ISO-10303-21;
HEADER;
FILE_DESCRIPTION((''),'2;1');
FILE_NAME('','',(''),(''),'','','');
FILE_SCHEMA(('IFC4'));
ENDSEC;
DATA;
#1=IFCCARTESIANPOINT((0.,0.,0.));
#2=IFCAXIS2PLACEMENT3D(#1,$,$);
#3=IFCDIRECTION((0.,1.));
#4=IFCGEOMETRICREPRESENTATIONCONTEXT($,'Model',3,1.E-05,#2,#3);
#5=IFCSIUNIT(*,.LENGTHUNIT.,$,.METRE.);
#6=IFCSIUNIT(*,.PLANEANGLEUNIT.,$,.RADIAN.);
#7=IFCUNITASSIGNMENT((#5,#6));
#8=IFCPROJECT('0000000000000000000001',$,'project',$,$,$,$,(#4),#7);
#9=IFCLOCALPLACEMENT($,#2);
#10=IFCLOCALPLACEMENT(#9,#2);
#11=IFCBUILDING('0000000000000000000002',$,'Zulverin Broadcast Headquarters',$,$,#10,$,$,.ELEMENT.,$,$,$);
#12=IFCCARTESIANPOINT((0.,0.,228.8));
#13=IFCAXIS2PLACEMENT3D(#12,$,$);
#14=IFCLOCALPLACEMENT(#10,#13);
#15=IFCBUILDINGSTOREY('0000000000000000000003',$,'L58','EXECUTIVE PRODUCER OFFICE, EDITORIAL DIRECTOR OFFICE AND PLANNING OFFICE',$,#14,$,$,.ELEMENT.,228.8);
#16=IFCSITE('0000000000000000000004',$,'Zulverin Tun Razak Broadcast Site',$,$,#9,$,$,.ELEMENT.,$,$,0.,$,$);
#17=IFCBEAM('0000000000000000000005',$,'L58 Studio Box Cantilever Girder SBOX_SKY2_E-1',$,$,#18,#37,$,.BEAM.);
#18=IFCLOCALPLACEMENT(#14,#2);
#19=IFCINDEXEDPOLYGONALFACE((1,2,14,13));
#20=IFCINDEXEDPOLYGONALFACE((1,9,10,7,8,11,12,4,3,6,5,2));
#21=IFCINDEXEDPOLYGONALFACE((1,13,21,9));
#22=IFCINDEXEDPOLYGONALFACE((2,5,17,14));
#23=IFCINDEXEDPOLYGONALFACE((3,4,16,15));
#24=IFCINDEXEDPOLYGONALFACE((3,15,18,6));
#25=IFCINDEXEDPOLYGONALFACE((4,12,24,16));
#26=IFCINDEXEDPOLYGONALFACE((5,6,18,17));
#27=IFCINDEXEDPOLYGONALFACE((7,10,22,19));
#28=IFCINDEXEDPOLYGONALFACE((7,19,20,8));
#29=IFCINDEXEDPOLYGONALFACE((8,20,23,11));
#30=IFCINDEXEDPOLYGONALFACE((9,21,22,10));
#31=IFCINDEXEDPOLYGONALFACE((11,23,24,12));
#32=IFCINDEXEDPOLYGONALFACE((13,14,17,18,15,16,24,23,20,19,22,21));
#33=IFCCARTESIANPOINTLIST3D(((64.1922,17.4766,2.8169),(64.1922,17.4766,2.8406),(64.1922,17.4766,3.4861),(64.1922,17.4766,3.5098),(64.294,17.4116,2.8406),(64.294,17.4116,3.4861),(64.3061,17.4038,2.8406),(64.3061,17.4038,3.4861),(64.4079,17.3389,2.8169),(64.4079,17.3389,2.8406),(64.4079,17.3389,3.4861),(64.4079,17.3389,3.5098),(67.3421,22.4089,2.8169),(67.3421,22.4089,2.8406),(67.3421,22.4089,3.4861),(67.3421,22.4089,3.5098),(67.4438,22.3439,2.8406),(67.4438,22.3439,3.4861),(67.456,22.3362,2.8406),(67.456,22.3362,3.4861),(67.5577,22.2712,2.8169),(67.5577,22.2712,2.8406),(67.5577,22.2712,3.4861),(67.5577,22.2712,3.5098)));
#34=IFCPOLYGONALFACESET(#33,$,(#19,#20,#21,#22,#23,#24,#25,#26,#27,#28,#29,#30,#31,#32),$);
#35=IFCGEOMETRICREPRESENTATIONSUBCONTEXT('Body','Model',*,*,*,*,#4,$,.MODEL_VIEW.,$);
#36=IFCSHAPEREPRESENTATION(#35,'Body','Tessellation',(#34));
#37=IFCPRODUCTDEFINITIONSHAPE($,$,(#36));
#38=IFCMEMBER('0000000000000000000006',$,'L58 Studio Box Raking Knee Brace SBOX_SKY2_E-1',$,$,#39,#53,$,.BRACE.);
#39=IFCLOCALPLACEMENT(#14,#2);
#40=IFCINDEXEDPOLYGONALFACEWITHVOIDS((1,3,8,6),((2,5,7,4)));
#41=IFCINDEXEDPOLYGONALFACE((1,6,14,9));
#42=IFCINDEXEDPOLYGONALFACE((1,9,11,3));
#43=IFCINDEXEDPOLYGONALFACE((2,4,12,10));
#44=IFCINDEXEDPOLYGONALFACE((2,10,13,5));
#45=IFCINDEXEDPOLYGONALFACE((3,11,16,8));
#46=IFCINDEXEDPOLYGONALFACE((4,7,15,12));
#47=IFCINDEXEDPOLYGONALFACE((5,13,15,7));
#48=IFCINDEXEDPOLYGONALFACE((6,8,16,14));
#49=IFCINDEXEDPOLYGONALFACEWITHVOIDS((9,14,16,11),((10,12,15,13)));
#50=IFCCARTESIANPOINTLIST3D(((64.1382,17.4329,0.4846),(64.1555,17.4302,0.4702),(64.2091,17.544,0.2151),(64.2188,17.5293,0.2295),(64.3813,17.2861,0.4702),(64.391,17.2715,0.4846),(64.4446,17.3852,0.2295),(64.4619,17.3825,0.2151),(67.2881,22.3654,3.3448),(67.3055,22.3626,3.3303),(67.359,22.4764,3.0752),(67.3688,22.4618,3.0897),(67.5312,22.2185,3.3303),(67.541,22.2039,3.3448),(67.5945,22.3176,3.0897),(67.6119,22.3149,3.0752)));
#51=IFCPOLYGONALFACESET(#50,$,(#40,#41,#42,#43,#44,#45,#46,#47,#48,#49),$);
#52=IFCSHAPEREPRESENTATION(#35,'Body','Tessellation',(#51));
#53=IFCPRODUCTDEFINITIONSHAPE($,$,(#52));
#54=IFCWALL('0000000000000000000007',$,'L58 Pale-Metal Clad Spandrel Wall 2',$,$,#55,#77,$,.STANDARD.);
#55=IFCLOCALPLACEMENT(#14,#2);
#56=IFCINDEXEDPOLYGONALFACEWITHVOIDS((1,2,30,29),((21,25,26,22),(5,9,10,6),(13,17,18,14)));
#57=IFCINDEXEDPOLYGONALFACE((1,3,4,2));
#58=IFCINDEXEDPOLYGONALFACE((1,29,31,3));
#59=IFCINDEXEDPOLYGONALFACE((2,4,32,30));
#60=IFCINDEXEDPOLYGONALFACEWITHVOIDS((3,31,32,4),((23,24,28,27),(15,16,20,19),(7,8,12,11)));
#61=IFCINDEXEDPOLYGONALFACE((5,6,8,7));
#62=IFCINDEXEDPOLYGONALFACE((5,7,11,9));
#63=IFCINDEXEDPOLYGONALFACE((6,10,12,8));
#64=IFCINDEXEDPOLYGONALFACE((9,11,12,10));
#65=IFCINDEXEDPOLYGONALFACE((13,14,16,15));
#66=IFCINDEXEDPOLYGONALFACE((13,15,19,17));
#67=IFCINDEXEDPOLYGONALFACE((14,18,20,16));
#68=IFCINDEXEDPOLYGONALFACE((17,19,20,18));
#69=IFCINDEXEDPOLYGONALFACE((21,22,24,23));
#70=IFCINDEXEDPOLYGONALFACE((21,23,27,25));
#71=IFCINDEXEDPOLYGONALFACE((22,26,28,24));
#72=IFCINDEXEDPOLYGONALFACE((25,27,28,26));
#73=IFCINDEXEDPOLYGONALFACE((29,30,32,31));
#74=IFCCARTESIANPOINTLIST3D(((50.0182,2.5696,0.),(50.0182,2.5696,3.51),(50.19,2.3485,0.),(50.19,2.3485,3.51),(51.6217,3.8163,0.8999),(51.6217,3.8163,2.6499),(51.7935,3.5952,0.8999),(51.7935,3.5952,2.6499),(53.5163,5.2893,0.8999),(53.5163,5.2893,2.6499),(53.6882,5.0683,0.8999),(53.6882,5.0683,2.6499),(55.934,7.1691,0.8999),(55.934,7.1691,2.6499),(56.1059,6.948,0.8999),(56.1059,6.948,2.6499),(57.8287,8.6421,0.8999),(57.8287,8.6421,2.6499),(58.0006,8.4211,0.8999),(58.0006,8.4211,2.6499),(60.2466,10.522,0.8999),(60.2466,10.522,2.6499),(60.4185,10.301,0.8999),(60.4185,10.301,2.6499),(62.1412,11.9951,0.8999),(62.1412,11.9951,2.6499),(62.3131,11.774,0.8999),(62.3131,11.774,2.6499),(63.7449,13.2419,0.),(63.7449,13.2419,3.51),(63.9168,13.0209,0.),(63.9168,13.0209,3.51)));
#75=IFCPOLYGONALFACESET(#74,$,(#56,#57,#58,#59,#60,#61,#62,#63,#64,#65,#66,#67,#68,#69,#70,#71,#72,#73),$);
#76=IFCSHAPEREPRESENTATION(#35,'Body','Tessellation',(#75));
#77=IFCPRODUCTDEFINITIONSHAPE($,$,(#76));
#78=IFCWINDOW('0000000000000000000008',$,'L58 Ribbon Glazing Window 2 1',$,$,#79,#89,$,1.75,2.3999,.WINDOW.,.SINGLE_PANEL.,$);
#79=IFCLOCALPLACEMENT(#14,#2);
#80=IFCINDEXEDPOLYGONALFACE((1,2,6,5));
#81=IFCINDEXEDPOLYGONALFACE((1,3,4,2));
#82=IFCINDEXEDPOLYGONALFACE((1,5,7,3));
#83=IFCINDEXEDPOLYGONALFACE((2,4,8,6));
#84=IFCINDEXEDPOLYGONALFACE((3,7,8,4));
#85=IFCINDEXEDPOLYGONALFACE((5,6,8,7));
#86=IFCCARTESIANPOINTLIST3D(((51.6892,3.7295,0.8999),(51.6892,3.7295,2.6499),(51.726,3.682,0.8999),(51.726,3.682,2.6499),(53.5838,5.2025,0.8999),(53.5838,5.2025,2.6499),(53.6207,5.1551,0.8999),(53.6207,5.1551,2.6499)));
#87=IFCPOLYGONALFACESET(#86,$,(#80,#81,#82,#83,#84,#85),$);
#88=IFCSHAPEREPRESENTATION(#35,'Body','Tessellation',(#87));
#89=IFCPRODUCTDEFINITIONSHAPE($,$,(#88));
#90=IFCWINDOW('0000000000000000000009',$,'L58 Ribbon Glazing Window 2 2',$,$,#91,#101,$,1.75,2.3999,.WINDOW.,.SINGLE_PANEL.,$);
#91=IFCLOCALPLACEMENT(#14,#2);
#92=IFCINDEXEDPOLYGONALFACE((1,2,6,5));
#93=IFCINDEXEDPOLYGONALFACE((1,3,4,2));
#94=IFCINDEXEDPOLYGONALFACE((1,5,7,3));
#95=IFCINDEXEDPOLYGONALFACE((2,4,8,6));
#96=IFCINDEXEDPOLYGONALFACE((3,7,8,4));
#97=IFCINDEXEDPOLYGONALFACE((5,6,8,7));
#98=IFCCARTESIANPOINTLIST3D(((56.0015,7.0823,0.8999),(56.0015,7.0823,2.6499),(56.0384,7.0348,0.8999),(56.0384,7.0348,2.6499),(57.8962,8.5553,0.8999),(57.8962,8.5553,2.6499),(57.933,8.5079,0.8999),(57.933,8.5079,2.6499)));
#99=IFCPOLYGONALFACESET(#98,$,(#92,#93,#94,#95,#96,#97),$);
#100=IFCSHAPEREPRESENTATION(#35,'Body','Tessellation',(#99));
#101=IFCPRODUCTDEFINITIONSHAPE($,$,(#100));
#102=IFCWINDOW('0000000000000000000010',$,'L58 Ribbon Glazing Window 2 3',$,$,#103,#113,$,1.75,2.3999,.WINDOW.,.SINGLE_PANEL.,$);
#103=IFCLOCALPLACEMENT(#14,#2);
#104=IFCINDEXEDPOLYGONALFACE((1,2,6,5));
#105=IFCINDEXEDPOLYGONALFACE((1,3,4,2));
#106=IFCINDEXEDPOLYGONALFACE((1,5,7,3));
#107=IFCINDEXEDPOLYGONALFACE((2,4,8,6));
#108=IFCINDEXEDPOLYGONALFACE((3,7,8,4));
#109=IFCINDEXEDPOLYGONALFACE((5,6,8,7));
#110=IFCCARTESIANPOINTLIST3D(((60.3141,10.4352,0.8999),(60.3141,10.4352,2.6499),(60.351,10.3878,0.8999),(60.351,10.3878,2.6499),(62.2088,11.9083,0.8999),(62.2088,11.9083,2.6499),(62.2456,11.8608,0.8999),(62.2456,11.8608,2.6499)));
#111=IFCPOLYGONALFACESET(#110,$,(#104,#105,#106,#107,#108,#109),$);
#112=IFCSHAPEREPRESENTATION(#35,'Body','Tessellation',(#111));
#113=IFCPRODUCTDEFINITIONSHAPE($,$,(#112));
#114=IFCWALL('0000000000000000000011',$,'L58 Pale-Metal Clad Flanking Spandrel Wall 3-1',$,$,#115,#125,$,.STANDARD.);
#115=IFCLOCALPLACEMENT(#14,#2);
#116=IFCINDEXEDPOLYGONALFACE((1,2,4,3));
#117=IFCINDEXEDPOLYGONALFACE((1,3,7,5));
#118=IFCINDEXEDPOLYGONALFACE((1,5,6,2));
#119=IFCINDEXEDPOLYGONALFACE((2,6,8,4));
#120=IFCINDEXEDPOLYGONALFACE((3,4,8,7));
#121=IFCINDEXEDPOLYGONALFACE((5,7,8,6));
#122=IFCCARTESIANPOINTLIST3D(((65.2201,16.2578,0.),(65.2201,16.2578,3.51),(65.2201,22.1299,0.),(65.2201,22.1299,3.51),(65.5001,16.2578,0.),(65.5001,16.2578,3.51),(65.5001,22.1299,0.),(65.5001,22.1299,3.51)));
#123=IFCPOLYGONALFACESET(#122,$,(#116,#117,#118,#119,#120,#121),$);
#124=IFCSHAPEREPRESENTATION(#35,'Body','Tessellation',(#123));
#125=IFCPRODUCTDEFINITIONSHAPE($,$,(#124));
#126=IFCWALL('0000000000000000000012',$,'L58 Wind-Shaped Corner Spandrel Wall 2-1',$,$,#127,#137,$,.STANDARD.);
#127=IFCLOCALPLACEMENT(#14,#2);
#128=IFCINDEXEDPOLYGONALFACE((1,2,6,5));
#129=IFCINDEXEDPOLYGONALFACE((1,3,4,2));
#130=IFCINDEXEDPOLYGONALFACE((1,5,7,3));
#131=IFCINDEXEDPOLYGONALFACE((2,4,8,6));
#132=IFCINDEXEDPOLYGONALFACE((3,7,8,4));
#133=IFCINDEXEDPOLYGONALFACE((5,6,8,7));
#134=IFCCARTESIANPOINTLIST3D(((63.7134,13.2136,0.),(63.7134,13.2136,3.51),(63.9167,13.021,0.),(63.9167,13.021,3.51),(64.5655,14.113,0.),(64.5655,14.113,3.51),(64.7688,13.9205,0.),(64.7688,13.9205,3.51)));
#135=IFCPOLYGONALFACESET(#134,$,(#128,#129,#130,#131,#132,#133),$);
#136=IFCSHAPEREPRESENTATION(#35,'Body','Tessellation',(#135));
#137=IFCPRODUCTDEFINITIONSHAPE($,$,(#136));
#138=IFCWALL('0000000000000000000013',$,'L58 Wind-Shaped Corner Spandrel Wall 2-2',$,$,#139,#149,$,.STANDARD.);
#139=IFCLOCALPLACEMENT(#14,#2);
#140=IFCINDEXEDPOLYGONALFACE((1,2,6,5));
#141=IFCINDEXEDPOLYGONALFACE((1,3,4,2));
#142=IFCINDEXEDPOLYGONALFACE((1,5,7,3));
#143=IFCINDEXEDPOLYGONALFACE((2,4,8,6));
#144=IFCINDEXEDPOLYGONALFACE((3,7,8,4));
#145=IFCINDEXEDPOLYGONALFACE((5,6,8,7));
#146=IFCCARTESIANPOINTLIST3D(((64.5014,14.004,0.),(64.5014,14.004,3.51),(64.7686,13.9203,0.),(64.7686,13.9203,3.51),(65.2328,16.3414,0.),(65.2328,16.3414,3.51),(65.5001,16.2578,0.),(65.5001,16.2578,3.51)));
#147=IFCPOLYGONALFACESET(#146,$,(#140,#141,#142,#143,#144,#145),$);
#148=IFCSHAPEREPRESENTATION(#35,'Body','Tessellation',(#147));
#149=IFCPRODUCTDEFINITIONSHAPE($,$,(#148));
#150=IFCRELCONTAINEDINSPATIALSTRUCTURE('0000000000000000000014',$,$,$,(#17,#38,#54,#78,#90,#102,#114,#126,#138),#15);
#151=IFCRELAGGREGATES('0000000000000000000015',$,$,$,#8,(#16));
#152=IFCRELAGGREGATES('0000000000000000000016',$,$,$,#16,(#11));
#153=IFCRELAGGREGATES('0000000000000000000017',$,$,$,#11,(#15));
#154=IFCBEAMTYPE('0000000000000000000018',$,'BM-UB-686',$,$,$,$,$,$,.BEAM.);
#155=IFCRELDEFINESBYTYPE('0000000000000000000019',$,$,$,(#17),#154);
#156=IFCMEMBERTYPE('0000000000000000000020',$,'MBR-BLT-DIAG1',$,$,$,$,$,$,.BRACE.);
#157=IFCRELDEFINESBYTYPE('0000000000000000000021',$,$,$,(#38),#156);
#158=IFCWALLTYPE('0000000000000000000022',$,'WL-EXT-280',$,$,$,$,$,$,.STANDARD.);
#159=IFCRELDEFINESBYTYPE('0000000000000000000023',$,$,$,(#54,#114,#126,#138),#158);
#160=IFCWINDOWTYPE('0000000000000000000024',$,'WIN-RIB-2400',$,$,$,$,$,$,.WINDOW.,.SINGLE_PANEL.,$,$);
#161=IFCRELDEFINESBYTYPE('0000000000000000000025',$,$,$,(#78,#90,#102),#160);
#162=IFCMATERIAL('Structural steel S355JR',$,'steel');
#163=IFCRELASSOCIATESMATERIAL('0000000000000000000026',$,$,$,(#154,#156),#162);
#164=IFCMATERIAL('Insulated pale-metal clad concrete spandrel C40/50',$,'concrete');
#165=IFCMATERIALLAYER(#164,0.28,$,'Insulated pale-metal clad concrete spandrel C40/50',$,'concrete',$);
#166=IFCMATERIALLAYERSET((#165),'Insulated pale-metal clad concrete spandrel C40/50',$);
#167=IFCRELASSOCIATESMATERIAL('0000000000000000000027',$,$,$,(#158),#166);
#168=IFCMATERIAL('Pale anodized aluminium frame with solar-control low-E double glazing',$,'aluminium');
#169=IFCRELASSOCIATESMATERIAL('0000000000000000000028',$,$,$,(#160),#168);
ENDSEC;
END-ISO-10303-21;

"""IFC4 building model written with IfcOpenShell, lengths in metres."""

from ifc_helpers import new_model, si_unit, direction, frame, frame_2d, origin, origin_2d, place, context, subcontext, project, spatial, rectangle, hollow_rectangle, i_section, extrude, material, layer, layer_set, material_profile, profile_set, type_object, element, fill, save


model = new_model("IFC4")

# Units and contexts
model_context = context("Model", 3, precision=1e-05, world=origin(), true_north=direction((0.0, 1.0)))
body_context = subcontext(model_context, "Body", "Model", "MODEL_VIEW")
ifc_project = project(units=[si_unit("LENGTHUNIT", "METRE"), si_unit("PLANEANGLEUNIT", "RADIAN")], contexts=[model_context])

# Site, building, storey
site_placement = place(None, origin())
site = spatial("IfcSite", under=ifc_project, at=site_placement, Name="Zulverin Tun Razak Broadcast Site", CompositionType="ELEMENT", RefElevation=0.0)
building_placement = place(site_placement, origin())
building = spatial("IfcBuilding", under=site, at=building_placement, Name="Zulverin Broadcast Headquarters", CompositionType="ELEMENT")
storey_placement = place(building_placement, frame((0.0, 0.0, 228.8)))
storey = spatial("IfcBuildingStorey", under=building, at=storey_placement, Name="L58", Description="EXECUTIVE PRODUCER OFFICE, EDITORIAL DIRECTOR OFFICE AND PLANNING OFFICE", CompositionType="ELEMENT", Elevation=228.8)

# Beam
ifc_material_1 = material(Name="Structural steel S355JR", Category="steel")
ifc_material_profile_1 = material_profile(ifc_material_1, i_section(OverallWidth=0.2559, OverallDepth=0.6929, WebThickness=0.0144, FlangeThickness=0.0237, at=origin_2d()), Name="Structural steel S355JR", Category="steel")
ifc_profile_set_1 = profile_set([ifc_material_profile_1], Name="Structural steel S355JR")
beam_type_1 = type_object("IfcBeamType", Name="BM-UB-686", PredefinedType="BEAM", material=ifc_profile_set_1)
beam_1_placement = place(storey_placement, frame((64.3, 17.4077, 3.1633), z_axis=(0.538227, 0.8428, 0.0), x_axis=(-0.8428, 0.538227, 0.0)))
element("IfcBeam", 1, at=beam_1_placement, inside=storey, type_object=beam_type_1, Name="L58 Studio Box Cantilever Girder SBOX_SKY2_E-1", PredefinedType="BEAM", context=body_context, shape_type="SweptSolid", body=[
    extrude(i_section(OverallWidth=0.2559, OverallDepth=0.6929, WebThickness=0.0144, FlangeThickness=0.0237, at=origin_2d()), origin(), (0.0, 0.0, 1.0), 5.8523),
])

# Member
ifc_material_profile_2 = material_profile(ifc_material_1, hollow_rectangle(XDim=0.3, YDim=0.3, WallThickness=0.0161, at=origin_2d()), Name="Structural steel S355JR", Category="steel")
ifc_profile_set_2 = profile_set([ifc_material_profile_2], Name="Structural steel S355JR")
member_type = type_object("IfcMemberType", Name="MBR-BLT-DIAG1", PredefinedType="BRACE", material=ifc_profile_set_2)
member_placement = place(storey_placement, frame((64.3, 17.4077, 0.3499), z_axis=(0.483569, 0.757212, 0.43908), x_axis=(-0.8428, 0.538227, 0.0)))
element("IfcMember", 2, at=member_placement, inside=storey, type_object=member_type, Name="L58 Studio Box Raking Knee Brace SBOX_SKY2_E-1", PredefinedType="BRACE", context=body_context, shape_type="SweptSolid", body=[
    extrude(hollow_rectangle(XDim=0.3, YDim=0.3, WallThickness=0.0161, at=origin_2d()), origin(), (0.0, 0.0, 1.0), 6.5139),
])

# Wall, openings, windows
ifc_material_2 = material(Name="Insulated pale-metal clad concrete spandrel C40/50", Category="concrete")
ifc_layer_1 = layer(ifc_material_2, 0.28, Name="Insulated pale-metal clad concrete spandrel C40/50", Category="concrete")
ifc_layer_set_1 = layer_set([ifc_layer_1], Name="Insulated pale-metal clad concrete spandrel C40/50")
wall_type_1 = type_object("IfcWallType", Name="WL-EXT-280", PredefinedType="STANDARD", material=ifc_layer_set_1)
wall_1_placement = place(storey_placement, frame((50.104, 2.459, 0.0), z_axis=(0.0, 0.0, 1.0), x_axis=(0.789465, 0.613796, 0.0)))
wall_1 = element("IfcWall", 3, at=wall_1_placement, inside=storey, type_object=wall_type_1, Name="L58 Pale-Metal Clad Spandrel Wall 2", PredefinedType="STANDARD", context=body_context, shape_type="SweptSolid", body=[
    extrude(rectangle(XDim=17.3875, YDim=0.28, at=frame_2d((8.6938, 0.0))), origin(), (0.0, 0.0, 1.0), 3.51),
])
opening_1_placement = place(wall_1_placement, frame((2.0312, 0.0, 0.8999)))
opening_1 = element("IfcOpeningElement", 4, at=opening_1_placement, cuts=wall_1, PredefinedType="OPENING", context=body_context, shape_type="SweptSolid", body=[
    extrude(rectangle(XDim=2.3999, YDim=1.75, at=frame_2d((1.2, 0.875))), frame((0.0, 0.1499, 0.0), z_axis=(0.0, -1.0, 0.0), x_axis=(1.0, 0.0, 0.0)), (0.0, 0.0, 1.0), 0.3),
])
opening_2_placement = place(wall_1_placement, frame((7.4937, 0.0, 0.8999)))
opening_2 = element("IfcOpeningElement", 5, at=opening_2_placement, cuts=wall_1, PredefinedType="OPENING", context=body_context, shape_type="SweptSolid", body=[
    extrude(rectangle(XDim=2.3999, YDim=1.75, at=frame_2d((1.2, 0.875))), frame((0.0, 0.1499, 0.0), z_axis=(0.0, -1.0, 0.0), x_axis=(1.0, 0.0, 0.0)), (0.0, 0.0, 1.0), 0.3),
])
opening_3_placement = place(wall_1_placement, frame((12.9563, 0.0, 0.8999)))
opening_3 = element("IfcOpeningElement", 6, at=opening_3_placement, cuts=wall_1, PredefinedType="OPENING", context=body_context, shape_type="SweptSolid", body=[
    extrude(rectangle(XDim=2.3999, YDim=1.75, at=frame_2d((1.2, 0.875))), frame((0.0, 0.1499, 0.0), z_axis=(0.0, -1.0, 0.0), x_axis=(1.0, 0.0, 0.0)), (0.0, 0.0, 1.0), 0.3),
])
ifc_material_3 = material(Name="Pale anodized aluminium frame with solar-control low-E double glazing", Category="aluminium")
window_type = type_object("IfcWindowType", Name="WIN-RIB-2400", PartitioningType="SINGLE_PANEL", PredefinedType="WINDOW", material=ifc_material_3)
window_1_placement = place(opening_1_placement, origin())
window_1 = element("IfcWindow", 7, at=window_1_placement, inside=storey, type_object=window_type, Name="L58 Ribbon Glazing Window 2 1", OverallHeight=1.75, OverallWidth=2.3999, PartitioningType="SINGLE_PANEL", PredefinedType="WINDOW", context=body_context, shape_type="SweptSolid", body=[
    extrude(rectangle(XDim=2.3999, YDim=1.75, at=frame_2d((1.2, 0.875))), frame((0.0, 0.03, 0.0), z_axis=(0.0, -1.0, 0.0), x_axis=(1.0, 0.0, 0.0)), (0.0, 0.0, 1.0), 0.0601),
])
fill(opening_1, window_1)
window_2_placement = place(opening_2_placement, origin())
window_2 = element("IfcWindow", 8, at=window_2_placement, inside=storey, type_object=window_type, Name="L58 Ribbon Glazing Window 2 2", OverallHeight=1.75, OverallWidth=2.3999, PartitioningType="SINGLE_PANEL", PredefinedType="WINDOW", context=body_context, shape_type="SweptSolid", body=[
    extrude(rectangle(XDim=2.3999, YDim=1.75, at=frame_2d((1.2, 0.875))), frame((0.0, 0.03, 0.0), z_axis=(0.0, -1.0, 0.0), x_axis=(1.0, 0.0, 0.0)), (0.0, 0.0, 1.0), 0.0601),
])
fill(opening_2, window_2)
window_3_placement = place(opening_3_placement, origin())
window_3 = element("IfcWindow", 9, at=window_3_placement, inside=storey, type_object=window_type, Name="L58 Ribbon Glazing Window 2 3", OverallHeight=1.75, OverallWidth=2.3999, PartitioningType="SINGLE_PANEL", PredefinedType="WINDOW", context=body_context, shape_type="SweptSolid", body=[
    extrude(rectangle(XDim=2.3999, YDim=1.75, at=frame_2d((1.2, 0.875))), frame((0.0, 0.03, 0.0), z_axis=(0.0, -1.0, 0.0), x_axis=(1.0, 0.0, 0.0)), (0.0, 0.0, 1.0), 0.0601),
])
fill(opening_3, window_3)

# Walls
wall_2_placement = place(storey_placement, frame((65.3601, 16.2578, 0.0), z_axis=(0.0, 0.0, 1.0), x_axis=(0.0, 1.0, 0.0)))
element("IfcWall", 10, at=wall_2_placement, inside=storey, type_object=wall_type_1, Name="L58 Pale-Metal Clad Flanking Spandrel Wall 3-1", PredefinedType="STANDARD", context=body_context, shape_type="SweptSolid", body=[
    extrude(rectangle(XDim=5.8721, YDim=0.28, at=frame_2d((2.936, 0.0))), origin(), (0.0, 0.0, 1.0), 3.51),
])
wall_3_placement = place(storey_placement, frame((63.8149, 13.1172, 0.0), z_axis=(0.0, 0.0, 1.0), x_axis=(0.687734, 0.725963, 0.0)))
element("IfcWall", 11, at=wall_3_placement, inside=storey, type_object=wall_type_1, Name="L58 Wind-Shaped Corner Spandrel Wall 2-1", PredefinedType="STANDARD", context=body_context, shape_type="SweptSolid", body=[
    extrude(rectangle(XDim=1.239, YDim=0.28, at=frame_2d((0.6196, 0.0))), origin(), (0.0, 0.0, 1.0), 3.51),
])
wall_4_placement = place(storey_placement, frame((64.635, 13.9622, 0.0), z_axis=(0.0, 0.0, 1.0), x_axis=(0.29865, 0.954363, 0.0)))
element("IfcWall", 12, at=wall_4_placement, inside=storey, type_object=wall_type_1, Name="L58 Wind-Shaped Corner Spandrel Wall 2-2", PredefinedType="STANDARD", context=body_context, shape_type="SweptSolid", body=[
    extrude(rectangle(XDim=2.4492, YDim=0.28, at=frame_2d((1.2246, 0.0))), origin(), (0.0, 0.0, 1.0), 3.51),
])

save(model, "model.ifc")
